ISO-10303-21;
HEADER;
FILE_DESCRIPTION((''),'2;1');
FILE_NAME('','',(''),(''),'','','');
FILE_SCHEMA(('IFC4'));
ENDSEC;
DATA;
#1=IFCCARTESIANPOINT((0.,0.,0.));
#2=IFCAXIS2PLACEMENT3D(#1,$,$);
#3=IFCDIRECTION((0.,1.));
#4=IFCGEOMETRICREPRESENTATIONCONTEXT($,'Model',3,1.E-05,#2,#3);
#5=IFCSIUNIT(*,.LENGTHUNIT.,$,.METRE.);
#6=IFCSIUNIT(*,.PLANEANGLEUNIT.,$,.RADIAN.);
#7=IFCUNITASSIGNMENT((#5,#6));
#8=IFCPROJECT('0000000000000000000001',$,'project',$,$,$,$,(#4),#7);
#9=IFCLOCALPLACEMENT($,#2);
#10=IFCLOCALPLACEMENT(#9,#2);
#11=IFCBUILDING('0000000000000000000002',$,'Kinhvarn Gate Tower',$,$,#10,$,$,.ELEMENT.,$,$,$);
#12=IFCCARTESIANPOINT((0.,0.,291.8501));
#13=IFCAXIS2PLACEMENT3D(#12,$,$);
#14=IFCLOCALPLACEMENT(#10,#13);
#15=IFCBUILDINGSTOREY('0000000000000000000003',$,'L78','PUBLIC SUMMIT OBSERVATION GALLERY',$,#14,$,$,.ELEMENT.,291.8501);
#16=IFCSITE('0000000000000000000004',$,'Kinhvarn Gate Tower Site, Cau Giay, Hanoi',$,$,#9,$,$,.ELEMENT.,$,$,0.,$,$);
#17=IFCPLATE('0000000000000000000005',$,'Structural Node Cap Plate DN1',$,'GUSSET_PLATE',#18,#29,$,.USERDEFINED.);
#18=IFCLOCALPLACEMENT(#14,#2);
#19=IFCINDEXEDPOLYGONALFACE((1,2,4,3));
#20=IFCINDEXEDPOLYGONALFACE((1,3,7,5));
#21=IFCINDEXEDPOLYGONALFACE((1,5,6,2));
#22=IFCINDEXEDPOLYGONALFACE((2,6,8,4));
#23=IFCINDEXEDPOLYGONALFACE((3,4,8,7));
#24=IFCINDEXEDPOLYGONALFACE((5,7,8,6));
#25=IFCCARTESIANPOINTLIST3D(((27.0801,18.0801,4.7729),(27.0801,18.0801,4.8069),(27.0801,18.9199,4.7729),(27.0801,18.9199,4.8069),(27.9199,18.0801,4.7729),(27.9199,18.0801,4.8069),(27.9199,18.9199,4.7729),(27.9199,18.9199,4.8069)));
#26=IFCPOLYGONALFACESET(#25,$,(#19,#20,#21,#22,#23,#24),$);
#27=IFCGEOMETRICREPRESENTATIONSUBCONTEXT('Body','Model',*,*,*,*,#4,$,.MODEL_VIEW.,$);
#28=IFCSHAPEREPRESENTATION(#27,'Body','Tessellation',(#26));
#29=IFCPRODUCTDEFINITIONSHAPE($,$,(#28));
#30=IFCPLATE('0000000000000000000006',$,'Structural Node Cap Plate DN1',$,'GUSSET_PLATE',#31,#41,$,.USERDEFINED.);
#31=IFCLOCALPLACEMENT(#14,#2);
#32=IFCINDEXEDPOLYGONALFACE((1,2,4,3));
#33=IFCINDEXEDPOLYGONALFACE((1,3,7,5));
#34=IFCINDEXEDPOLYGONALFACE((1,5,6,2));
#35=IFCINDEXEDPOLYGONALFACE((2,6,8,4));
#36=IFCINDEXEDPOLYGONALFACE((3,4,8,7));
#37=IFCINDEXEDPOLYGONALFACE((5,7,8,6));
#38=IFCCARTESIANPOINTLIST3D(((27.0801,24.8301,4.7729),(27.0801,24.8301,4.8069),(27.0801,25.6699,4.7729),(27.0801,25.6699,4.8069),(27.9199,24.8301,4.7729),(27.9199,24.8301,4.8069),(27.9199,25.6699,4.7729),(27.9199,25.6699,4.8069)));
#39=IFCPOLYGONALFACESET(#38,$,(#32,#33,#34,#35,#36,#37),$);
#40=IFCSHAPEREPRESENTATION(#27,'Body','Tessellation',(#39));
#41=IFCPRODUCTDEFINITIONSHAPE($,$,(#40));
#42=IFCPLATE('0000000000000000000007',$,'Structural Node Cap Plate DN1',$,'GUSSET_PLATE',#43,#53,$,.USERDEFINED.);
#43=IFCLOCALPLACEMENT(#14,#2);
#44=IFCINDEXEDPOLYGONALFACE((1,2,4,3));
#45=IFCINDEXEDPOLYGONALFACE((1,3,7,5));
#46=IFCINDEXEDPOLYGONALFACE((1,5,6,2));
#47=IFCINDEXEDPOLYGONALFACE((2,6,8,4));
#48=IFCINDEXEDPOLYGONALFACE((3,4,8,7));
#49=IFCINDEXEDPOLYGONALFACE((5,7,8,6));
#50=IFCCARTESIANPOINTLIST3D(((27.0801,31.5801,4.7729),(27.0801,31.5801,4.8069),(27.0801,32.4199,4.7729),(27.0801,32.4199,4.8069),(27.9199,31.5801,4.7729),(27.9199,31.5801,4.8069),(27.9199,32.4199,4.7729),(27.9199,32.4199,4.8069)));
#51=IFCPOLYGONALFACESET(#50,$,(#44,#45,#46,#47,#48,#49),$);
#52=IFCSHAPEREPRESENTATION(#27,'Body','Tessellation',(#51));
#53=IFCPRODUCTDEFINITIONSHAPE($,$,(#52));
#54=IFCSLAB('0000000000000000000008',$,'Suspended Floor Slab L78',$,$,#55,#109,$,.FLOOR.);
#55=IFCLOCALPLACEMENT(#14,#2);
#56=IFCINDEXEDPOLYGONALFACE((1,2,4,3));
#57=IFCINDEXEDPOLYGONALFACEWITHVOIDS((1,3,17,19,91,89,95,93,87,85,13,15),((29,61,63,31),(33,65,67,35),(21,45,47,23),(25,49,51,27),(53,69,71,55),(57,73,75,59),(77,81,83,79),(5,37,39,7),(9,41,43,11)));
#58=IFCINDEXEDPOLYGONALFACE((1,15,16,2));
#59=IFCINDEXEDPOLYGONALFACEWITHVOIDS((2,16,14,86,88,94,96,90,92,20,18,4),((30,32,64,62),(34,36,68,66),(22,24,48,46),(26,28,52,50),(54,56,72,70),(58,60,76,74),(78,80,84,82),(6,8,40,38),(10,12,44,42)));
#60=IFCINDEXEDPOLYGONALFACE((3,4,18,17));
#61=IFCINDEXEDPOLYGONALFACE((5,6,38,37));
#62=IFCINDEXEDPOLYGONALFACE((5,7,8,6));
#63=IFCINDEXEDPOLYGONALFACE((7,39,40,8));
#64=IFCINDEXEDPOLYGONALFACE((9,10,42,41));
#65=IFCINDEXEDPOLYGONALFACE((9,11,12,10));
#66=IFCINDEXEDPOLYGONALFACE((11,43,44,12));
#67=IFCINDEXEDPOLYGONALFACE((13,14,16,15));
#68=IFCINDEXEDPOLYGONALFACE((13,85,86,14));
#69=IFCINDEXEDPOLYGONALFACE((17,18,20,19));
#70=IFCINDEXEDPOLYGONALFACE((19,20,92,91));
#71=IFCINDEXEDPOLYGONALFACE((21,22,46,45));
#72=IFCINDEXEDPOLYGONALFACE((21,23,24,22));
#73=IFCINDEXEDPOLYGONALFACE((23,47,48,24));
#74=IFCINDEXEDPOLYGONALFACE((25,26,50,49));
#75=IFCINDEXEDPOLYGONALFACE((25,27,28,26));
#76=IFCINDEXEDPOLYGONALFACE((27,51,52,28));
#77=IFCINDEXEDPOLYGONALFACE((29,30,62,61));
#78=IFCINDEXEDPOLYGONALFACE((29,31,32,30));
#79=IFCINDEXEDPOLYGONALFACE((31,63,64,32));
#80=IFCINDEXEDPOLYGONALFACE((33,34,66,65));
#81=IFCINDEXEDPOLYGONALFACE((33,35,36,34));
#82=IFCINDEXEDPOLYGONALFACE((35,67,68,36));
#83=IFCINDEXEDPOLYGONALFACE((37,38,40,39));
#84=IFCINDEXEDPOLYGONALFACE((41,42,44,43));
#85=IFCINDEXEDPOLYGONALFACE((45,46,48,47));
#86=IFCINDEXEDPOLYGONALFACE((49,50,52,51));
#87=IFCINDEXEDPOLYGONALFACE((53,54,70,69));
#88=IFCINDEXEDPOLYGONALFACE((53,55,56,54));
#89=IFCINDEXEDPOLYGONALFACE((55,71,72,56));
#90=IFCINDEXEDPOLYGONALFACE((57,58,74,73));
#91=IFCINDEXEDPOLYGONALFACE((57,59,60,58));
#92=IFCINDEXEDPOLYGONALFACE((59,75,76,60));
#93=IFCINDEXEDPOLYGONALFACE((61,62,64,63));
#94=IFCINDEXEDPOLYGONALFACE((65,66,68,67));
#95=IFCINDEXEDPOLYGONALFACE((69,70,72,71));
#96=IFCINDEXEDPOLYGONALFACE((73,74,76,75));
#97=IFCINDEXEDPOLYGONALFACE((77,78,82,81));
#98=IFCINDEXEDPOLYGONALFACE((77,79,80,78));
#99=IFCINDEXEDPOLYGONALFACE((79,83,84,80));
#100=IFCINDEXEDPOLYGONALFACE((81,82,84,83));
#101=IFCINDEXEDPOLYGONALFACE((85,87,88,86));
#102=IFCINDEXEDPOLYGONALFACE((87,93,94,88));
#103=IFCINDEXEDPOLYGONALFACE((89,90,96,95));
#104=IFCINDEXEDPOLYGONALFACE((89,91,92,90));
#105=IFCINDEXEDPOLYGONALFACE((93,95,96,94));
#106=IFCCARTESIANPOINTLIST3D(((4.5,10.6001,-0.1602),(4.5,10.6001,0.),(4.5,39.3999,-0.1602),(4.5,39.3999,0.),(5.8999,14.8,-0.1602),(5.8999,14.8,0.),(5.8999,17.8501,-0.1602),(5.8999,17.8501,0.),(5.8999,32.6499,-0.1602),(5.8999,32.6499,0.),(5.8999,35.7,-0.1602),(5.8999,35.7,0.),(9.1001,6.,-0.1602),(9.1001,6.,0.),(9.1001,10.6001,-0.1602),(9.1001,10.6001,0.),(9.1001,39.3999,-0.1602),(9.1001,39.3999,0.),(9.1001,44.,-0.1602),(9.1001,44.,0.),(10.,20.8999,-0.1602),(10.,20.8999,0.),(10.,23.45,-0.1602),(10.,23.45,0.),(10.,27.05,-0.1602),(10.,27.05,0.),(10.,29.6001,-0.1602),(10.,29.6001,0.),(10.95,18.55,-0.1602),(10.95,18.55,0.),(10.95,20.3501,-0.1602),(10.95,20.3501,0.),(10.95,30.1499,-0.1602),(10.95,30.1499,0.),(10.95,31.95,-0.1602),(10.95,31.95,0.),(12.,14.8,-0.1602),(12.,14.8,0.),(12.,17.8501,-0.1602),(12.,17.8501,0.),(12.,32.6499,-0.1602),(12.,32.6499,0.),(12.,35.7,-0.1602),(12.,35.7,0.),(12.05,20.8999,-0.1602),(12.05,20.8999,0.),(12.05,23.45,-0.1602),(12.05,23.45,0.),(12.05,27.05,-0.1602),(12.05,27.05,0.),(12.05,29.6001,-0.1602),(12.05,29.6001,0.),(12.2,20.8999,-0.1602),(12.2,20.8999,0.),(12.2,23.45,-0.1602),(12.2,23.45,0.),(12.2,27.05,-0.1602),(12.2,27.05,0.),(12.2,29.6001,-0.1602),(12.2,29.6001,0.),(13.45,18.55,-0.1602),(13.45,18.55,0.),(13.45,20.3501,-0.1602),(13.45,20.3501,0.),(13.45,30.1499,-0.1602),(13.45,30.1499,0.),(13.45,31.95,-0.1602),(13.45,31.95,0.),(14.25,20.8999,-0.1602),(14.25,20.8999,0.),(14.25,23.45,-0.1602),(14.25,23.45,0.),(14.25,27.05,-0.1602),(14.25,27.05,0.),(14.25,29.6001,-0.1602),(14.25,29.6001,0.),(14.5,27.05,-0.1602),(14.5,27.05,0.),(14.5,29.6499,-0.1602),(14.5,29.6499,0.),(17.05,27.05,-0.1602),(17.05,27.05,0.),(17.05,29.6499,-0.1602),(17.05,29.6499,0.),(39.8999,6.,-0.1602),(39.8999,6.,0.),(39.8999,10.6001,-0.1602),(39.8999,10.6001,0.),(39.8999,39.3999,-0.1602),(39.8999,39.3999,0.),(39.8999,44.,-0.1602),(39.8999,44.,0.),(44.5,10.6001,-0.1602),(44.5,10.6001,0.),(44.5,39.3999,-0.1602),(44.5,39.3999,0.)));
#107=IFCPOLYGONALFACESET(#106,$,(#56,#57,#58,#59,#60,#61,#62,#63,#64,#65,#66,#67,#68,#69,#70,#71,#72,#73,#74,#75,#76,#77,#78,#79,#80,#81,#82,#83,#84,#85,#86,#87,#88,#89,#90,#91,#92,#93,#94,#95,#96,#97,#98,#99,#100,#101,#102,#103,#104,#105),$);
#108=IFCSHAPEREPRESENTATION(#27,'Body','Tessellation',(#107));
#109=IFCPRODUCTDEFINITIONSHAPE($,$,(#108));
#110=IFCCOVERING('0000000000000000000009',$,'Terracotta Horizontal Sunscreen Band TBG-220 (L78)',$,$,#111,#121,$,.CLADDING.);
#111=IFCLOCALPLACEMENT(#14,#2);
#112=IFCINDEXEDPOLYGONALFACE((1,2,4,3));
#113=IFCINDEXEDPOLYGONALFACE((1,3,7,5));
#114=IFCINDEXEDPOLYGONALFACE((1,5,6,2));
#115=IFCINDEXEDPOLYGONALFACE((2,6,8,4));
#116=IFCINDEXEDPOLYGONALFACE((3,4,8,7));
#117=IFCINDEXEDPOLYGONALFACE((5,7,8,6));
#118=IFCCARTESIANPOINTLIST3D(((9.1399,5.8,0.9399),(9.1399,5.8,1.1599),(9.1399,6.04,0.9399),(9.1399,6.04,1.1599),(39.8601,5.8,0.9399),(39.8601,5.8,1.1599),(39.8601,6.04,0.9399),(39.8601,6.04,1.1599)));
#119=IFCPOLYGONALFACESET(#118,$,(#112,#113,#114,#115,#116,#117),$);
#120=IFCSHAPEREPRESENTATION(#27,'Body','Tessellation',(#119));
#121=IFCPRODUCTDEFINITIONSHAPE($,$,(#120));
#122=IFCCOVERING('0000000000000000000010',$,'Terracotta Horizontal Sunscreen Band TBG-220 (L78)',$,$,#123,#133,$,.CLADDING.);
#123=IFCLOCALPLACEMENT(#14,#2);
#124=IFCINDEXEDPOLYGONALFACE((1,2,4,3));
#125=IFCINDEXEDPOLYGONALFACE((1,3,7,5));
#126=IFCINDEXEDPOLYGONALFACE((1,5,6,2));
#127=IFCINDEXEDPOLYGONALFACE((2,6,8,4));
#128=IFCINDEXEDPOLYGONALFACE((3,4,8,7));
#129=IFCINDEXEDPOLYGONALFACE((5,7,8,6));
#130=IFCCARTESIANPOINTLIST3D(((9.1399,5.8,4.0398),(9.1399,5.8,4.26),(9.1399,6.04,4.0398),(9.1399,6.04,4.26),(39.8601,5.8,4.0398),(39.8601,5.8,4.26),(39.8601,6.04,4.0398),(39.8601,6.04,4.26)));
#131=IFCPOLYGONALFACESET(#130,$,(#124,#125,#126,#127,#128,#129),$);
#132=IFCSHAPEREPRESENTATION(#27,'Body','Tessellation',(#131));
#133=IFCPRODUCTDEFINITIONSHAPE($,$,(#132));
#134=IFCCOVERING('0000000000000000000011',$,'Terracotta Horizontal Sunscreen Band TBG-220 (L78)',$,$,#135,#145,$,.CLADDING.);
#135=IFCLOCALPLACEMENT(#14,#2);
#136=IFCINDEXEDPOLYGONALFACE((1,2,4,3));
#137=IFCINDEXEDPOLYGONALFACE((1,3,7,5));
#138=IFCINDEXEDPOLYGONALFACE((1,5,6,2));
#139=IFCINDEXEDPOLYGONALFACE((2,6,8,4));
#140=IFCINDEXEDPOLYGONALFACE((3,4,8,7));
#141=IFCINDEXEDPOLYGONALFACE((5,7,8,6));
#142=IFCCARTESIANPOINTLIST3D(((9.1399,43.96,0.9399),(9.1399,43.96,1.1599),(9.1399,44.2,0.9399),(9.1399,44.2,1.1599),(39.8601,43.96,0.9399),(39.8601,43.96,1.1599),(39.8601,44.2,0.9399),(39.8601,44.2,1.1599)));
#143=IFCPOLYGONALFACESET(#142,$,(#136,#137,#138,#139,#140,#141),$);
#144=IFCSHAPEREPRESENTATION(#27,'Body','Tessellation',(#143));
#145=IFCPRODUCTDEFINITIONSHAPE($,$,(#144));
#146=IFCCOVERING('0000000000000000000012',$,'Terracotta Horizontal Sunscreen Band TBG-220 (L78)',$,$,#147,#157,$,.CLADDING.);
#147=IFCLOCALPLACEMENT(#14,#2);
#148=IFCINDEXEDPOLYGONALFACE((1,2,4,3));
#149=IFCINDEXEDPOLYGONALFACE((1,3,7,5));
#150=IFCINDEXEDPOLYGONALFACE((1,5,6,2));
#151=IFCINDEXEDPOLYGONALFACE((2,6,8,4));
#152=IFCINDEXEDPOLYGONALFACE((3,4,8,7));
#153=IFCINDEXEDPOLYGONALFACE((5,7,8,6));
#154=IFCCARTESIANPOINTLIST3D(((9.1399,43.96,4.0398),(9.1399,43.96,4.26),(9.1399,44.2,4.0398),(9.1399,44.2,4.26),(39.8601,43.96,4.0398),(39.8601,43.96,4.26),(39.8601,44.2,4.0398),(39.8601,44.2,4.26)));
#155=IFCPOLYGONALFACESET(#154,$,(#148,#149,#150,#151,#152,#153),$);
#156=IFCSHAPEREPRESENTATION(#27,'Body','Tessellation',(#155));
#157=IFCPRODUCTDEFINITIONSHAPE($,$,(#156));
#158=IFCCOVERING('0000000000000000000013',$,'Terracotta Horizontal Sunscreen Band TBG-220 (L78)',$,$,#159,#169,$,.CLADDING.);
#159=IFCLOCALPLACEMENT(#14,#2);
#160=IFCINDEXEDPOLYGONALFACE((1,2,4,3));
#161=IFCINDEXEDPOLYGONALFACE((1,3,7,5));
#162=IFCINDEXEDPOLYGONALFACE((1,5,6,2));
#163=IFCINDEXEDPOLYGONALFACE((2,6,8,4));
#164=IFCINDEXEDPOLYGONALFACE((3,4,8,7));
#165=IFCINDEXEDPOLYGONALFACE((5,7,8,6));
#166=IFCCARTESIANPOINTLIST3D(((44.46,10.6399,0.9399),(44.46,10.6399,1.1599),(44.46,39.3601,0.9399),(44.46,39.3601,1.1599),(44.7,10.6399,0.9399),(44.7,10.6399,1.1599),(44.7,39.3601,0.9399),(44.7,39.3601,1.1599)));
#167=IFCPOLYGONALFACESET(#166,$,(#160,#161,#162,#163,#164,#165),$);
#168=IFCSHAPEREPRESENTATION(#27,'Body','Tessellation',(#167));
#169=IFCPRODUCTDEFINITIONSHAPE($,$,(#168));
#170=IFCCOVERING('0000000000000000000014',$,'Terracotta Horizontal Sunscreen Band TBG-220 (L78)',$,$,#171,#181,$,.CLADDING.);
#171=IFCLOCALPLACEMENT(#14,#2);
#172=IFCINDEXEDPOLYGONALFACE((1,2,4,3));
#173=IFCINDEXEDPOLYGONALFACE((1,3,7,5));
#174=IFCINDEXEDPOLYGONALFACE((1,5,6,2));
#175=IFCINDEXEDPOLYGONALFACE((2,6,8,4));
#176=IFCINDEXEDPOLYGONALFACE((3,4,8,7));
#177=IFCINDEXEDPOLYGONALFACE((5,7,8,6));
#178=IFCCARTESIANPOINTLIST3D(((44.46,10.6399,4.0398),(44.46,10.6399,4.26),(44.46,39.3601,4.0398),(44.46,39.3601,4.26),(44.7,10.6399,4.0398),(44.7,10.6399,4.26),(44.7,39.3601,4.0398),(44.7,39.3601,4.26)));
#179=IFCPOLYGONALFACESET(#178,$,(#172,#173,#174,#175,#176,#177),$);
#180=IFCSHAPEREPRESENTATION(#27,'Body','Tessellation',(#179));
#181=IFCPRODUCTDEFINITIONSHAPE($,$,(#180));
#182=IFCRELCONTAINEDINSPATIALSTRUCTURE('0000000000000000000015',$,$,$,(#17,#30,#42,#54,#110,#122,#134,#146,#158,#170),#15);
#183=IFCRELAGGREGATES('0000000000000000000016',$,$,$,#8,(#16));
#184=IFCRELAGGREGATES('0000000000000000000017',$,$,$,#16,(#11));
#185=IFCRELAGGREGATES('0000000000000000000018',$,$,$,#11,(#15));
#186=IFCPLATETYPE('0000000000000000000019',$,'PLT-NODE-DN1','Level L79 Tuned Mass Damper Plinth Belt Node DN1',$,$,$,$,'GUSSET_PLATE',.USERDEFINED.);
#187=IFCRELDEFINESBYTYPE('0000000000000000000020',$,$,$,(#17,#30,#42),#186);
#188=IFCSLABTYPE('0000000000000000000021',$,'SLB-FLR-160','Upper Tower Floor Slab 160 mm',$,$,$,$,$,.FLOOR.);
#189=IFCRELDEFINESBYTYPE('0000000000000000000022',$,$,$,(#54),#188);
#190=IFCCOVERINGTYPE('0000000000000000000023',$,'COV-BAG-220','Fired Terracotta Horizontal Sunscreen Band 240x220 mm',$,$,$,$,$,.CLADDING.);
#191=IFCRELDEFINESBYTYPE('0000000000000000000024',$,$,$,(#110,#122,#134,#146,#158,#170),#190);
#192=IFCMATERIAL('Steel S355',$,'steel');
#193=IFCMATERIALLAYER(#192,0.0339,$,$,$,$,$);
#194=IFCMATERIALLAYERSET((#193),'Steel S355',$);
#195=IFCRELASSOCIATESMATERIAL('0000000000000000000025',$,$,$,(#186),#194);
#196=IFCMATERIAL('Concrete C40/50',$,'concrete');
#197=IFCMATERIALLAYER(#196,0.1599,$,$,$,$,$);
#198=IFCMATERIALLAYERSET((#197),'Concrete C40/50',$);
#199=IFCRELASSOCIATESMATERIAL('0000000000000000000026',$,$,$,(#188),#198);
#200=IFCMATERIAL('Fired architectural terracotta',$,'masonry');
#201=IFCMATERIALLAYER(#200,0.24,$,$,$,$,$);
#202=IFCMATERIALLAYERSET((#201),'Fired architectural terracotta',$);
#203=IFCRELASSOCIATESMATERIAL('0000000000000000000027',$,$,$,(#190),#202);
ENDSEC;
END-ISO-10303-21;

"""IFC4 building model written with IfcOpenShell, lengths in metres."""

from ifc_helpers import new_model, si_unit, direction, frame, origin, place, context, subcontext, project, spatial, polyline, outline, extrude, material, layer, layer_set, type_object, element, save


model = new_model("IFC4")

# Units and contexts
model_context = context("Model", 3, precision=1e-05, world=origin(), true_north=direction((0.0, 1.0)))
body_context = subcontext(model_context, "Body", "Model", "MODEL_VIEW")
ifc_project = project(units=[si_unit("LENGTHUNIT", "METRE"), si_unit("PLANEANGLEUNIT", "RADIAN")], contexts=[model_context])

# Site, building, storey
site_placement = place(None, origin())
site = spatial("IfcSite", under=ifc_project, at=site_placement, Name="Kinhvarn Gate Tower Site, Cau Giay, Hanoi", CompositionType="ELEMENT", RefElevation=0.0)
building_placement = place(site_placement, origin())
building = spatial("IfcBuilding", under=site, at=building_placement, Name="Kinhvarn Gate Tower", CompositionType="ELEMENT")
storey_placement = place(building_placement, frame((0.0, 0.0, 291.8501)))
storey = spatial("IfcBuildingStorey", under=building, at=storey_placement, Name="L78", Description="PUBLIC SUMMIT OBSERVATION GALLERY", CompositionType="ELEMENT", Elevation=291.8501)

# Plates
ifc_material_1 = material(Name="Steel S355", Category="steel")
ifc_layer_1 = layer(ifc_material_1, 0.0339)
ifc_layer_set_1 = layer_set([ifc_layer_1], Name="Steel S355")
plate_type = type_object("IfcPlateType", Name="PLT-NODE-DN1", Description="Level L79 Tuned Mass Damper Plinth Belt Node DN1", ElementType="GUSSET_PLATE", PredefinedType="USERDEFINED", material=ifc_layer_set_1)
plate_1_placement = place(storey_placement, frame((0.0, 0.0, 4.7729)))
element("IfcPlate", 1, at=plate_1_placement, inside=storey, type_object=plate_type, Name="Structural Node Cap Plate DN1", ObjectType="GUSSET_PLATE", PredefinedType="USERDEFINED", context=body_context, shape_type="SweptSolid", body=[
    extrude(outline(polyline([(27.0801, 18.0801), (27.9199, 18.0801), (27.9199, 18.9199), (27.0801, 18.9199), (27.0801, 18.0801)])), origin(), (0.0, 0.0, 1.0), 0.0339),
])
plate_2_placement = place(storey_placement, frame((0.0, 0.0, 4.7729)))
element("IfcPlate", 2, at=plate_2_placement, inside=storey, type_object=plate_type, Name="Structural Node Cap Plate DN1", ObjectType="GUSSET_PLATE", PredefinedType="USERDEFINED", context=body_context, shape_type="SweptSolid", body=[
    extrude(outline(polyline([(27.0801, 24.8301), (27.9199, 24.8301), (27.9199, 25.6699), (27.0801, 25.6699), (27.0801, 24.8301)])), origin(), (0.0, 0.0, 1.0), 0.0339),
])
plate_3_placement = place(storey_placement, frame((0.0, 0.0, 4.7729)))
element("IfcPlate", 3, at=plate_3_placement, inside=storey, type_object=plate_type, Name="Structural Node Cap Plate DN1", ObjectType="GUSSET_PLATE", PredefinedType="USERDEFINED", context=body_context, shape_type="SweptSolid", body=[
    extrude(outline(polyline([(27.0801, 31.5801), (27.9199, 31.5801), (27.9199, 32.4199), (27.0801, 32.4199), (27.0801, 31.5801)])), origin(), (0.0, 0.0, 1.0), 0.0339),
])

# Slab
ifc_material_2 = material(Name="Concrete C40/50", Category="concrete")
ifc_layer_2 = layer(ifc_material_2, 0.1599)
ifc_layer_set_2 = layer_set([ifc_layer_2], Name="Concrete C40/50")
slab_type = type_object("IfcSlabType", Name="SLB-FLR-160", Description="Upper Tower Floor Slab 160 mm", PredefinedType="FLOOR", material=ifc_layer_set_2)
slab_placement = place(storey_placement, frame((0.0, 0.0, -0.1602)))
element("IfcSlab", 4, at=slab_placement, inside=storey, type_object=slab_type, Name="Suspended Floor Slab L78", PredefinedType="FLOOR", context=body_context, shape_type="SweptSolid", body=[
    extrude(outline(polyline([(9.1001, 6.0), (39.8999, 6.0), (39.8999, 10.6001), (44.5, 10.6001), (44.5, 39.3999), (39.8999, 39.3999), (39.8999, 44.0), (9.1001, 44.0), (9.1001, 39.3999), (4.5, 39.3999), (4.5, 10.6001), (9.1001, 10.6001), (9.1001, 6.0)]), holes=[polyline([(5.8999, 14.8), (12.0, 14.8), (12.0, 17.8501), (5.8999, 17.8501), (5.8999, 14.8)]), polyline([(5.8999, 32.6499), (12.0, 32.6499), (12.0, 35.7), (5.8999, 35.7), (5.8999, 32.6499)]), polyline([(10.0, 20.8999), (12.05, 20.8999), (12.05, 23.45), (10.0, 23.45), (10.0, 20.8999)]), polyline([(12.2, 20.8999), (14.25, 20.8999), (14.25, 23.45), (12.2, 23.45), (12.2, 20.8999)]), polyline([(10.0, 27.05), (12.05, 27.05), (12.05, 29.6001), (10.0, 29.6001), (10.0, 27.05)]), polyline([(12.2, 27.05), (14.25, 27.05), (14.25, 29.6001), (12.2, 29.6001), (12.2, 27.05)]), polyline([(14.5, 27.05), (17.05, 27.05), (17.05, 29.6499), (14.5, 29.6499), (14.5, 27.05)]), polyline([(10.95, 18.55), (13.45, 18.55), (13.45, 20.3501), (10.95, 20.3501), (10.95, 18.55)]), polyline([(10.95, 30.1499), (13.45, 30.1499), (13.45, 31.95), (10.95, 31.95), (10.95, 30.1499)])]), origin(), (0.0, 0.0, 1.0), 0.1602),
])

# Coverings
ifc_material_3 = material(Name="Fired architectural terracotta", Category="masonry")
ifc_layer_3 = layer(ifc_material_3, 0.24)
ifc_layer_set_3 = layer_set([ifc_layer_3], Name="Fired architectural terracotta")
covering_type_1 = type_object("IfcCoveringType", Name="COV-BAG-220", Description="Fired Terracotta Horizontal Sunscreen Band 240x220 mm", PredefinedType="CLADDING", material=ifc_layer_set_3)
covering_1_placement = place(storey_placement, frame((0.0, 0.0, 0.9399)))
element("IfcCovering", 5, at=covering_1_placement, inside=storey, type_object=covering_type_1, Name="Terracotta Horizontal Sunscreen Band TBG-220 (L78)", PredefinedType="CLADDING", context=body_context, shape_type="SweptSolid", body=[
    extrude(outline(polyline([(9.1399, 6.04), (39.8601, 6.04), (39.8601, 5.8), (9.1399, 5.8), (9.1399, 6.04)])), origin(), (0.0, 0.0, 1.0), 0.22),
])
covering_2_placement = place(storey_placement, frame((0.0, 0.0, 4.0398)))
element("IfcCovering", 6, at=covering_2_placement, inside=storey, type_object=covering_type_1, Name="Terracotta Horizontal Sunscreen Band TBG-220 (L78)", PredefinedType="CLADDING", context=body_context, shape_type="SweptSolid", body=[
    extrude(outline(polyline([(9.1399, 6.04), (39.8601, 6.04), (39.8601, 5.8), (9.1399, 5.8), (9.1399, 6.04)])), origin(), (0.0, 0.0, 1.0), 0.2202),
])
covering_3_placement = place(storey_placement, frame((0.0, 0.0, 0.9399)))
element("IfcCovering", 7, at=covering_3_placement, inside=storey, type_object=covering_type_1, Name="Terracotta Horizontal Sunscreen Band TBG-220 (L78)", PredefinedType="CLADDING", context=body_context, shape_type="SweptSolid", body=[
    extrude(outline(polyline([(39.8601, 43.96), (9.1399, 43.96), (9.1399, 44.2), (39.8601, 44.2), (39.8601, 43.96)])), origin(), (0.0, 0.0, 1.0), 0.22),
])
covering_4_placement = place(storey_placement, frame((0.0, 0.0, 4.0398)))
element("IfcCovering", 8, at=covering_4_placement, inside=storey, type_object=covering_type_1, Name="Terracotta Horizontal Sunscreen Band TBG-220 (L78)", PredefinedType="CLADDING", context=body_context, shape_type="SweptSolid", body=[
    extrude(outline(polyline([(39.8601, 43.96), (9.1399, 43.96), (9.1399, 44.2), (39.8601, 44.2), (39.8601, 43.96)])), origin(), (0.0, 0.0, 1.0), 0.2202),
])
covering_5_placement = place(storey_placement, frame((0.0, 0.0, 0.9399)))
element("IfcCovering", 9, at=covering_5_placement, inside=storey, type_object=covering_type_1, Name="Terracotta Horizontal Sunscreen Band TBG-220 (L78)", PredefinedType="CLADDING", context=body_context, shape_type="SweptSolid", body=[
    extrude(outline(polyline([(44.46, 10.6399), (44.46, 39.3601), (44.7, 39.3601), (44.7, 10.6399), (44.46, 10.6399)])), origin(), (0.0, 0.0, 1.0), 0.22),
])
covering_6_placement = place(storey_placement, frame((0.0, 0.0, 4.0398)))
element("IfcCovering", 10, at=covering_6_placement, inside=storey, type_object=covering_type_1, Name="Terracotta Horizontal Sunscreen Band TBG-220 (L78)", PredefinedType="CLADDING", context=body_context, shape_type="SweptSolid", body=[
    extrude(outline(polyline([(44.46, 10.6399), (44.46, 39.3601), (44.7, 39.3601), (44.7, 10.6399), (44.46, 10.6399)])), origin(), (0.0, 0.0, 1.0), 0.2202),
])

save(model, "model.ifc")
